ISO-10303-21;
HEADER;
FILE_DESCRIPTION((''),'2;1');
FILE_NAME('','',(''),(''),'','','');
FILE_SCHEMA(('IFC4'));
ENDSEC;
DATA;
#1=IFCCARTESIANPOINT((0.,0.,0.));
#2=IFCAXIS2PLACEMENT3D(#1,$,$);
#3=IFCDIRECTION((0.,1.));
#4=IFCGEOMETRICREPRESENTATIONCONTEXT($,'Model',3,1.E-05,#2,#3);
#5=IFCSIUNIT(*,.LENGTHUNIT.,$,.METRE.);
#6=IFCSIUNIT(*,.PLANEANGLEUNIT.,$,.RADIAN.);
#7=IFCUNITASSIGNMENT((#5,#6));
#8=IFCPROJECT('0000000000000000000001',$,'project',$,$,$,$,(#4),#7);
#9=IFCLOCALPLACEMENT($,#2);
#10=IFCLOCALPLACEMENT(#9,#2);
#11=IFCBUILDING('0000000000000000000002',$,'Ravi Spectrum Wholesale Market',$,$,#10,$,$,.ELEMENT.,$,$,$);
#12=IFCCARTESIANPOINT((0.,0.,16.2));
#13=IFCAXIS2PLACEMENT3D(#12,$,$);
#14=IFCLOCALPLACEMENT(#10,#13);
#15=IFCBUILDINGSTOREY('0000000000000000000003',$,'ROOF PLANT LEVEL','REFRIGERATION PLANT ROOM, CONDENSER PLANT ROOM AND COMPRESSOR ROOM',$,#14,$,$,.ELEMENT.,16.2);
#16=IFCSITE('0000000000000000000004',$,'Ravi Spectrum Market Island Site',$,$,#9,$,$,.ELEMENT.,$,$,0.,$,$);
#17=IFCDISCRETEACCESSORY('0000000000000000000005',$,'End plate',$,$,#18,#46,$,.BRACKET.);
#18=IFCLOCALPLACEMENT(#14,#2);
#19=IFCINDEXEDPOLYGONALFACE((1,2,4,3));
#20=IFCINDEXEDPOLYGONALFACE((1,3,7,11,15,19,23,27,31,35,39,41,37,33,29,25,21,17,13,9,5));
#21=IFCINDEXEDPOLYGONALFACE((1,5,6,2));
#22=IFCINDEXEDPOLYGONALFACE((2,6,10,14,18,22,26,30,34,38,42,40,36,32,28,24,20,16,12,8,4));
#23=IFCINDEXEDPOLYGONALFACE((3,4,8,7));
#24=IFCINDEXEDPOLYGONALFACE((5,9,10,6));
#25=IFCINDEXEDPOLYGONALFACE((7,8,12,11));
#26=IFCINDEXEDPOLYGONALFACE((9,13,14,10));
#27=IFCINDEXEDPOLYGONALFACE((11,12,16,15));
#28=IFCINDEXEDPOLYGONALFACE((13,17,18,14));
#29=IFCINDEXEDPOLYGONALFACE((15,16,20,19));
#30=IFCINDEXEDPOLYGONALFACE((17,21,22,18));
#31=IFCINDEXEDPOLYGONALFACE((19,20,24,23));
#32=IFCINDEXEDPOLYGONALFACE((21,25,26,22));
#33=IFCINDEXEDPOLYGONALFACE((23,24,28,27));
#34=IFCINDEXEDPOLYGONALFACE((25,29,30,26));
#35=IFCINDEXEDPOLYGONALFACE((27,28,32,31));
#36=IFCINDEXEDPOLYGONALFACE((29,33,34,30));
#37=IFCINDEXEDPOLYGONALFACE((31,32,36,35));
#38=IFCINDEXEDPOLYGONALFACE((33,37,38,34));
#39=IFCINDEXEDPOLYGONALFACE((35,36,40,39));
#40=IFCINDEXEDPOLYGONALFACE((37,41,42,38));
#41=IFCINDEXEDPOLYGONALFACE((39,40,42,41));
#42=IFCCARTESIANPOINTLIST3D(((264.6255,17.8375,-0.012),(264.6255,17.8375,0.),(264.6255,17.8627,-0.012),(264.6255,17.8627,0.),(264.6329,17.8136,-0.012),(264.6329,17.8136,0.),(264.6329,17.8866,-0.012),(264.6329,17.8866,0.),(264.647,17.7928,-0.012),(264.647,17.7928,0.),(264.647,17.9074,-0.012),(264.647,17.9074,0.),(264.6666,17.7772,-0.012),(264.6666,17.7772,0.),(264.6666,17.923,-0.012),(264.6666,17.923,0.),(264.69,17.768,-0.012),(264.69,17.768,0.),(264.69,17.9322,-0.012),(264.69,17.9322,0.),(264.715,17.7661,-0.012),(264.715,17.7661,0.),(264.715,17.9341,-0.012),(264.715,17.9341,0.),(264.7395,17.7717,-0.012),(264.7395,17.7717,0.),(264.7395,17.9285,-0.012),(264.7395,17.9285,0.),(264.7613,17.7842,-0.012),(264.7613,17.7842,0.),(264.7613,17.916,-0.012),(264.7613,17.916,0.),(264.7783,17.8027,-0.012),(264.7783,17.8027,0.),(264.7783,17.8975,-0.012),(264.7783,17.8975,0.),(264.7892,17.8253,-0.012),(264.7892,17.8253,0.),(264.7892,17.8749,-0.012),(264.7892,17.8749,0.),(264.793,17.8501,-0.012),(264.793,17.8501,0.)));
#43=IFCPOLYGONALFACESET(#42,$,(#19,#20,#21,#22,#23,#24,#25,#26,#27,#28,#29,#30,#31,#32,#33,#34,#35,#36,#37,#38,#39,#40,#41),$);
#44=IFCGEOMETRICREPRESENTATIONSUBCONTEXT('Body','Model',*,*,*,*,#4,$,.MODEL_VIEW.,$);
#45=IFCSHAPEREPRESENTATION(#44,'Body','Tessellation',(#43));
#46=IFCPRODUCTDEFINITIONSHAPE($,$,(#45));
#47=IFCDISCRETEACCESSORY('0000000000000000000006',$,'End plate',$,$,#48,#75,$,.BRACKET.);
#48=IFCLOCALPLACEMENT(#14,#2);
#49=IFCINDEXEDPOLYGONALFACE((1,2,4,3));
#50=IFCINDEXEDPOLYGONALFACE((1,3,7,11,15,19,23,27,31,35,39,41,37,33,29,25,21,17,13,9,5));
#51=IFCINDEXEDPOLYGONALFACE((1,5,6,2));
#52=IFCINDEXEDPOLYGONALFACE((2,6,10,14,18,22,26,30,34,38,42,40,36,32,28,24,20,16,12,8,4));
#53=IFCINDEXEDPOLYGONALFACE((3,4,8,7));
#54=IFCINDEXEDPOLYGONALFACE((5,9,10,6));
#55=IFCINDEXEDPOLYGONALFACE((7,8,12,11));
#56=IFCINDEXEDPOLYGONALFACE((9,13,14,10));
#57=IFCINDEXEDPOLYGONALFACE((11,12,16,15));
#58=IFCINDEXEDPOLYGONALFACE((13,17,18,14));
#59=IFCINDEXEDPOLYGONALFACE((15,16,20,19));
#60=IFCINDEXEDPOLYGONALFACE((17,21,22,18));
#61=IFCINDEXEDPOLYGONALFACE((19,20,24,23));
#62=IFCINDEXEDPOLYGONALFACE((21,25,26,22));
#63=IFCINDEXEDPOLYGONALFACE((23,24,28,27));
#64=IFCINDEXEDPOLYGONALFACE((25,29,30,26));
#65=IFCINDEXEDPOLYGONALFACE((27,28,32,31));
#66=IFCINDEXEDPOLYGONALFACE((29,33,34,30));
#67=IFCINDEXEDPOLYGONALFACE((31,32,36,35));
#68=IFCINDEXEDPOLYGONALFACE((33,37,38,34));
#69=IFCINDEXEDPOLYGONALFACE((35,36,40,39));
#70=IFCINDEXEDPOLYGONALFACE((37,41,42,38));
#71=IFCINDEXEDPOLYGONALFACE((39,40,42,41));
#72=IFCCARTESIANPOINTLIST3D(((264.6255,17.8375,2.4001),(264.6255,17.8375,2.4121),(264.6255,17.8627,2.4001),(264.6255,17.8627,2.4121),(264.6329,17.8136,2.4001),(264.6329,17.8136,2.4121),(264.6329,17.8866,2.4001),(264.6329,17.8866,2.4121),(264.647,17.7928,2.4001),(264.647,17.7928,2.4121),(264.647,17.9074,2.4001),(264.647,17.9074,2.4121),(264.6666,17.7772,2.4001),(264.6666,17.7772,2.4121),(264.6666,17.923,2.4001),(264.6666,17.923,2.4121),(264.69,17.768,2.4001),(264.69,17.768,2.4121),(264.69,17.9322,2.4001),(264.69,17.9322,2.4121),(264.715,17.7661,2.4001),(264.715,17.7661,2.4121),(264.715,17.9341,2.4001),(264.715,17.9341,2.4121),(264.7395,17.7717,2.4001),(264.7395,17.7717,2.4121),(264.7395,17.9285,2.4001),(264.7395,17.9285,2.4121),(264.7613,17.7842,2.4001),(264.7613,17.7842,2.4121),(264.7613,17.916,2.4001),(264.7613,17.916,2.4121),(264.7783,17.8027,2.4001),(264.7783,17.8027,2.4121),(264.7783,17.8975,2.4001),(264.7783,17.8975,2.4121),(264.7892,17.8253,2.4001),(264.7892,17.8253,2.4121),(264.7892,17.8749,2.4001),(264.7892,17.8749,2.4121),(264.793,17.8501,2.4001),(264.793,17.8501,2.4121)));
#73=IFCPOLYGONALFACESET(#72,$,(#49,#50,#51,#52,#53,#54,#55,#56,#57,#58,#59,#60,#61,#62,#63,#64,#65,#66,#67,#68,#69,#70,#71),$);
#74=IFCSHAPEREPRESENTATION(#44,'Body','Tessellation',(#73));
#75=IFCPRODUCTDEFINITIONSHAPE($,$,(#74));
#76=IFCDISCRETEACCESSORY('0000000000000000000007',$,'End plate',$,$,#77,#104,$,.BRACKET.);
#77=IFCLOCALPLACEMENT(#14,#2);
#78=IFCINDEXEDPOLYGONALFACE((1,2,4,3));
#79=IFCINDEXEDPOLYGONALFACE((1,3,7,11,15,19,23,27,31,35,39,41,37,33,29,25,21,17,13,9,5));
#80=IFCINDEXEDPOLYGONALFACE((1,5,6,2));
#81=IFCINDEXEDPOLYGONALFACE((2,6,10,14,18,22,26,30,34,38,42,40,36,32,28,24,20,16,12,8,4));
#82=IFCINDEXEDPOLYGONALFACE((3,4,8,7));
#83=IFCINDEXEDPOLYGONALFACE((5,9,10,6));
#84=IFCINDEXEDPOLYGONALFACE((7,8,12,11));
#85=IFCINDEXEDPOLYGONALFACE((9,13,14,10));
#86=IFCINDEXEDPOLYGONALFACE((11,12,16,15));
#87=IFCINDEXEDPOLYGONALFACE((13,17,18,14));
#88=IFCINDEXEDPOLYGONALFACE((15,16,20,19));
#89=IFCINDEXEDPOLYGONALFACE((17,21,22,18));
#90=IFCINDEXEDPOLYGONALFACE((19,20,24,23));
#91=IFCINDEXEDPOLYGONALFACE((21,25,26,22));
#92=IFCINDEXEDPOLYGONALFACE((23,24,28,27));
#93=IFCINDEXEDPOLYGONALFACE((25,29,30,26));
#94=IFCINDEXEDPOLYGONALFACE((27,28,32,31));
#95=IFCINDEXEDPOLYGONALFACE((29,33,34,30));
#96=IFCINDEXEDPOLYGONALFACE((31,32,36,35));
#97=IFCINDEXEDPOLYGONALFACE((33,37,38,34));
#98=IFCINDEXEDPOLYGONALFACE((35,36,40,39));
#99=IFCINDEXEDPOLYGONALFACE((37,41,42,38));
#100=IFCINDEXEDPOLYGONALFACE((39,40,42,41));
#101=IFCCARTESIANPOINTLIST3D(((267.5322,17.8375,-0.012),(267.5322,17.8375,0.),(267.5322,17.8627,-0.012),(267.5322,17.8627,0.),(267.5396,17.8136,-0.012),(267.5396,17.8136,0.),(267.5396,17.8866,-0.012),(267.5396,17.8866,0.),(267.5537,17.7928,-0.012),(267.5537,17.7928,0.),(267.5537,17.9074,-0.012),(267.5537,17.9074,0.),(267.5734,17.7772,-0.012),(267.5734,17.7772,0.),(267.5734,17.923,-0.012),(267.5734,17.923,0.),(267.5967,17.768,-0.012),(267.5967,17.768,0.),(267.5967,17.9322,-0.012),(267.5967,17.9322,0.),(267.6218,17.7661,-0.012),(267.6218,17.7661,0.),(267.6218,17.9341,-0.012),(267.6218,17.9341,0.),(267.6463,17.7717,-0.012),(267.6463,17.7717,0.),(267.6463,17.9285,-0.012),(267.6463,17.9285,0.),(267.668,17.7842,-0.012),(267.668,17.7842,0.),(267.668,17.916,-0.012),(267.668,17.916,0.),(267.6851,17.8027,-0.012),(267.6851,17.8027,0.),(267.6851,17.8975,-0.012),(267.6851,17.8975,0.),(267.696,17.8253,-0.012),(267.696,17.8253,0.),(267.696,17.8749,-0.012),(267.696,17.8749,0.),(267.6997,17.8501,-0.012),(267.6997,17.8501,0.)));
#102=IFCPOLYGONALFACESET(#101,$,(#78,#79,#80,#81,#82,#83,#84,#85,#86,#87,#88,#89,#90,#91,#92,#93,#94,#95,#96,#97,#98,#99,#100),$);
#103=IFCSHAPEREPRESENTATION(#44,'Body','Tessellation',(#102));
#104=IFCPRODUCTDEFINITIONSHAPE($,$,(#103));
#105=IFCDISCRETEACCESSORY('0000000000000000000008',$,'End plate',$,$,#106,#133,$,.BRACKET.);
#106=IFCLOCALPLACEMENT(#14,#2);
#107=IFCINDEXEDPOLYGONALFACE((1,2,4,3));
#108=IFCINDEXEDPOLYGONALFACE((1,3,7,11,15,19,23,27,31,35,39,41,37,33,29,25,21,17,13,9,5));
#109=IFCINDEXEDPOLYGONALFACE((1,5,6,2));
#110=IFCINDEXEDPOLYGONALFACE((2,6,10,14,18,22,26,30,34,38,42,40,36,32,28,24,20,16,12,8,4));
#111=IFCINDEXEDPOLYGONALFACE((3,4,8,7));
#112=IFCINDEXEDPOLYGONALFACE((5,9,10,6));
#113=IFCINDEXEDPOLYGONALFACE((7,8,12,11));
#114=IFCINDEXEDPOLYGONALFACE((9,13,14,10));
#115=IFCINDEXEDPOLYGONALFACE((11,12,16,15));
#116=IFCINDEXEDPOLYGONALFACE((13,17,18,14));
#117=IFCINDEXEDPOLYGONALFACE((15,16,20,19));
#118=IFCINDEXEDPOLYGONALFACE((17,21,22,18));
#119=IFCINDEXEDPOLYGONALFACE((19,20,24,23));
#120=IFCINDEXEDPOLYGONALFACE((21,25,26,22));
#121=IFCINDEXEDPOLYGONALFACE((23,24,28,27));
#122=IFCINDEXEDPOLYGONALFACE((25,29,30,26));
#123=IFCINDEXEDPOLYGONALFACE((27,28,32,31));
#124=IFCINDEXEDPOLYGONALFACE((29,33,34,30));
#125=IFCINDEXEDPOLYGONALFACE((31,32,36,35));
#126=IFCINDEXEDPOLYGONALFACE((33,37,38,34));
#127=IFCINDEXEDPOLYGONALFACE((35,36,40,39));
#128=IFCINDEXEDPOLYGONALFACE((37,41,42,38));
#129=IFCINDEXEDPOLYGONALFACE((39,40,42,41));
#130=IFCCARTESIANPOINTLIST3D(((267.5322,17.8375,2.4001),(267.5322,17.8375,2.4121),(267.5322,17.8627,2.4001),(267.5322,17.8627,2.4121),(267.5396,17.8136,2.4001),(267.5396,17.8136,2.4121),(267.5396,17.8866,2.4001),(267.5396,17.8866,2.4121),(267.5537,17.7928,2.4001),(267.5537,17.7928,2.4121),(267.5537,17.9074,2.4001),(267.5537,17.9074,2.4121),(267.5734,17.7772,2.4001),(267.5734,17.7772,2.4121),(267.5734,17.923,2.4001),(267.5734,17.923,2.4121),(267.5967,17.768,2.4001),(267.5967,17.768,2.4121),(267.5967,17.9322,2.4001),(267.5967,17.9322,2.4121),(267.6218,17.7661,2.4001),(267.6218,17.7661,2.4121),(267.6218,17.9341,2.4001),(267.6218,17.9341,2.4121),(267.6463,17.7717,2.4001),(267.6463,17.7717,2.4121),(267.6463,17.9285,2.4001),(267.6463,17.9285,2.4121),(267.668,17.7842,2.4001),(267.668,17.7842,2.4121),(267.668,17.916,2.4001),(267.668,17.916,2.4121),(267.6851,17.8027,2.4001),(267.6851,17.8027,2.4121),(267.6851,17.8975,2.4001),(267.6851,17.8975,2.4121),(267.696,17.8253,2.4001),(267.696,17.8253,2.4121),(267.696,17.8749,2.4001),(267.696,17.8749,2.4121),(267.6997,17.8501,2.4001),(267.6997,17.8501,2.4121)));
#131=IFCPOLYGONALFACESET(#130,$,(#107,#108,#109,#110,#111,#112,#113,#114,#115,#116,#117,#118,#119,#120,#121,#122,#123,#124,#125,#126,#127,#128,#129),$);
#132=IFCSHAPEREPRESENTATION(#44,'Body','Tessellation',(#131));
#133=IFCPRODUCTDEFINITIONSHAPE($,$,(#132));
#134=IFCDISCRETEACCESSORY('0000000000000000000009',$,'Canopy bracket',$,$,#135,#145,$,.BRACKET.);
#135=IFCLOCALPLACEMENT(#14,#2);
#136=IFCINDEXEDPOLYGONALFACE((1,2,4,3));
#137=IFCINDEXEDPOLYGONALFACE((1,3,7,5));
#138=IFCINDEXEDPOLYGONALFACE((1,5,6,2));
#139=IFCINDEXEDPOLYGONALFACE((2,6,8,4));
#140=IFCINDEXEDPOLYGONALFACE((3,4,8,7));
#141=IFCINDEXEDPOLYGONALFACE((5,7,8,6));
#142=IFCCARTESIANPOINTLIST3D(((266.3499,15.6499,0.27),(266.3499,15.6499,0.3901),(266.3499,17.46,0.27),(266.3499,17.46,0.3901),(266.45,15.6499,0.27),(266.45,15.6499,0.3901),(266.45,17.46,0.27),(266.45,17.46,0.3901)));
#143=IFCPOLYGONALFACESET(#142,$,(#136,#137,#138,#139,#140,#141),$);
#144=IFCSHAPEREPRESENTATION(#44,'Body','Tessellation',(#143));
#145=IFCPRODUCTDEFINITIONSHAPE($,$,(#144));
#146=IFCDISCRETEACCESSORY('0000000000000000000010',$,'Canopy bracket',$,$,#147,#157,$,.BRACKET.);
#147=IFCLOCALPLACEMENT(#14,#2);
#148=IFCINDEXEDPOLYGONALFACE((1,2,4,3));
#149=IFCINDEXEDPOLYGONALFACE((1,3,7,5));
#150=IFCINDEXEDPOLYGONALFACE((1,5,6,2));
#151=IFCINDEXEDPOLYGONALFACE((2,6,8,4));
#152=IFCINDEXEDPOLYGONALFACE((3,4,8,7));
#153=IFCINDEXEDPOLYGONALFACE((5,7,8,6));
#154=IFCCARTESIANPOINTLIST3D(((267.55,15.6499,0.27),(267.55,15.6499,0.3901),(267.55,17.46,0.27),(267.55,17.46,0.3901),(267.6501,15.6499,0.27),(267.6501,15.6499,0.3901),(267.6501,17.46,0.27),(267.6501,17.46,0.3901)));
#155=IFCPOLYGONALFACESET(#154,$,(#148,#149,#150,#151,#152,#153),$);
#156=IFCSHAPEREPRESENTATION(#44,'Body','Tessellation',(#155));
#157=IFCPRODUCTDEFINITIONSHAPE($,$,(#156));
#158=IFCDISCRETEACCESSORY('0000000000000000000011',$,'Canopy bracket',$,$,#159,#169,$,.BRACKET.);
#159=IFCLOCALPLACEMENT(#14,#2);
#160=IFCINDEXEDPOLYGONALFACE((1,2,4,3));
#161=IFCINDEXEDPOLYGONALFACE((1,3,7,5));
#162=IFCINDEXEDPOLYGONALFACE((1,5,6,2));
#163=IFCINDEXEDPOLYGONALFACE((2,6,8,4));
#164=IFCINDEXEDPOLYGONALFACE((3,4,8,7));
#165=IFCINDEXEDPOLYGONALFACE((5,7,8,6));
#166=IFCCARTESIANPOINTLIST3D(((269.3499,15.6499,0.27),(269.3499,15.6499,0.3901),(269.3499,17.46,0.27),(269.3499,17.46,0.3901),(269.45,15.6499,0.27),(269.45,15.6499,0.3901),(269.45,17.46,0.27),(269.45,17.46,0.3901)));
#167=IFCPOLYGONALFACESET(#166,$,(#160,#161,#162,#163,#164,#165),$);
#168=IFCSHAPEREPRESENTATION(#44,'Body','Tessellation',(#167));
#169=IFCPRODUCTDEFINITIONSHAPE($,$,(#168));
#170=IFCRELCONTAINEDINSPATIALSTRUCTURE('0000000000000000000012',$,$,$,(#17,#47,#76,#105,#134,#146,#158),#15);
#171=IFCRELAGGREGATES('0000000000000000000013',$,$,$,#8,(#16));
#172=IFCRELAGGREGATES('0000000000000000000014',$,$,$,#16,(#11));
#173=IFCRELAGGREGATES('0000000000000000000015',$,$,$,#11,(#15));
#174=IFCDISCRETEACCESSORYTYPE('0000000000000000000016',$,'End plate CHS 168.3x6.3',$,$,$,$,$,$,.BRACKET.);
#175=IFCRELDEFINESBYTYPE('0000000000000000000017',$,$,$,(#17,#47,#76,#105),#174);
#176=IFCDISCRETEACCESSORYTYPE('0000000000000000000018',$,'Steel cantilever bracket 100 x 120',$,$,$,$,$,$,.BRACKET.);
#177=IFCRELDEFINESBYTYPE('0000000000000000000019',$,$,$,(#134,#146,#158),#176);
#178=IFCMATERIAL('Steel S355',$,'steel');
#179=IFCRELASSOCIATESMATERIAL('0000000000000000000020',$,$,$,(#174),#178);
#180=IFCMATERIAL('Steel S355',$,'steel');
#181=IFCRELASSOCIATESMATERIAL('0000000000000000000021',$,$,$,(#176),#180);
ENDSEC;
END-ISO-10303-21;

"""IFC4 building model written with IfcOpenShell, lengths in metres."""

from ifc_helpers import new_model, si_unit, direction, frame, origin, origin_2d, place, context, subcontext, project, spatial, rectangle, circle, extrude, material, material_profile, profile_set, type_object, element, save


model = new_model("IFC4")

# Units and contexts
model_context = context("Model", 3, precision=1e-05, world=origin(), true_north=direction((0.0, 1.0)))
body_context = subcontext(model_context, "Body", "Model", "MODEL_VIEW")
ifc_project = project(units=[si_unit("LENGTHUNIT", "METRE"), si_unit("PLANEANGLEUNIT", "RADIAN")], contexts=[model_context])

# Site, building, storey
site_placement = place(None, origin())
site = spatial("IfcSite", under=ifc_project, at=site_placement, Name="Ravi Spectrum Market Island Site", CompositionType="ELEMENT", RefElevation=0.0)
building_placement = place(site_placement, origin())
building = spatial("IfcBuilding", under=site, at=building_placement, Name="Ravi Spectrum Wholesale Market", CompositionType="ELEMENT")
storey_placement = place(building_placement, frame((0.0, 0.0, 16.2)))
storey = spatial("IfcBuildingStorey", under=building, at=storey_placement, Name="ROOF PLANT LEVEL", Description="REFRIGERATION PLANT ROOM, CONDENSER PLANT ROOM AND COMPRESSOR ROOM", CompositionType="ELEMENT", Elevation=16.2)

# Discrete accessories
ifc_material_1 = material(Name="Steel S355", Category="steel")
ifc_material_profile_1 = material_profile(ifc_material_1, circle(Radius=0.0842, at=origin_2d()))
ifc_profile_set_1 = profile_set([ifc_material_profile_1], Name="Steel S355")
discrete_accessory_type_1 = type_object("IfcDiscreteAccessoryType", Name="End plate CHS 168.3x6.3", PredefinedType="BRACKET", material=ifc_profile_set_1)
for number, where, z_axis, x_axis, name in (
    (1, (264.7087, 17.8501, 0.0), (0.0, 0.0, -1.0), (1.0, 0.0, 0.0), "End plate"),
    (2, (264.7087, 17.8501, 2.4001), (0.0, 0.0, 1.0), (1.0, 0.0, 0.0), "End plate"),
    (3, (267.6155, 17.8501, 0.0), (0.0, 0.0, -1.0), (1.0, 0.0, 0.0), "End plate"),
    (4, (267.6155, 17.8501, 2.4001), (0.0, 0.0, 1.0), (1.0, 0.0, 0.0), "End plate"),
):
    element("IfcDiscreteAccessory", number, at=place(storey_placement, frame(where, z_axis=z_axis, x_axis=x_axis)), inside=storey, type_object=discrete_accessory_type_1, Name=name, PredefinedType="BRACKET", context=body_context, shape_type="SweptSolid", body=[
        extrude(circle(Radius=0.0842, at=origin_2d()), origin(), (0.0, 0.0, 1.0), 0.012),
    ])
ifc_material_2 = material(Name="Steel S355", Category="steel")
discrete_accessory_type_2 = type_object("IfcDiscreteAccessoryType", Name="Steel cantilever bracket 100 x 120", PredefinedType="BRACKET", material=ifc_material_2)
for number, where, z_axis, x_axis, name in (
    (5, (266.3999, 16.5549, 0.27), (0.0, 0.0, 1.0), (1.0, 0.0, 0.0), "Canopy bracket"),
    (6, (267.6001, 16.5549, 0.27), (0.0, 0.0, 1.0), (1.0, 0.0, 0.0), "Canopy bracket"),
    (7, (269.3999, 16.5549, 0.27), (0.0, 0.0, 1.0), (1.0, 0.0, 0.0), "Canopy bracket"),
):
    element("IfcDiscreteAccessory", number, at=place(storey_placement, frame(where, z_axis=z_axis, x_axis=x_axis)), inside=storey, type_object=discrete_accessory_type_2, Name=name, PredefinedType="BRACKET", context=body_context, shape_type="SweptSolid", body=[
        extrude(rectangle(XDim=0.1001, YDim=1.8101, at=origin_2d()), origin(), (0.0, 0.0, 1.0), 0.1201),
    ])

save(model, "model.ifc")
